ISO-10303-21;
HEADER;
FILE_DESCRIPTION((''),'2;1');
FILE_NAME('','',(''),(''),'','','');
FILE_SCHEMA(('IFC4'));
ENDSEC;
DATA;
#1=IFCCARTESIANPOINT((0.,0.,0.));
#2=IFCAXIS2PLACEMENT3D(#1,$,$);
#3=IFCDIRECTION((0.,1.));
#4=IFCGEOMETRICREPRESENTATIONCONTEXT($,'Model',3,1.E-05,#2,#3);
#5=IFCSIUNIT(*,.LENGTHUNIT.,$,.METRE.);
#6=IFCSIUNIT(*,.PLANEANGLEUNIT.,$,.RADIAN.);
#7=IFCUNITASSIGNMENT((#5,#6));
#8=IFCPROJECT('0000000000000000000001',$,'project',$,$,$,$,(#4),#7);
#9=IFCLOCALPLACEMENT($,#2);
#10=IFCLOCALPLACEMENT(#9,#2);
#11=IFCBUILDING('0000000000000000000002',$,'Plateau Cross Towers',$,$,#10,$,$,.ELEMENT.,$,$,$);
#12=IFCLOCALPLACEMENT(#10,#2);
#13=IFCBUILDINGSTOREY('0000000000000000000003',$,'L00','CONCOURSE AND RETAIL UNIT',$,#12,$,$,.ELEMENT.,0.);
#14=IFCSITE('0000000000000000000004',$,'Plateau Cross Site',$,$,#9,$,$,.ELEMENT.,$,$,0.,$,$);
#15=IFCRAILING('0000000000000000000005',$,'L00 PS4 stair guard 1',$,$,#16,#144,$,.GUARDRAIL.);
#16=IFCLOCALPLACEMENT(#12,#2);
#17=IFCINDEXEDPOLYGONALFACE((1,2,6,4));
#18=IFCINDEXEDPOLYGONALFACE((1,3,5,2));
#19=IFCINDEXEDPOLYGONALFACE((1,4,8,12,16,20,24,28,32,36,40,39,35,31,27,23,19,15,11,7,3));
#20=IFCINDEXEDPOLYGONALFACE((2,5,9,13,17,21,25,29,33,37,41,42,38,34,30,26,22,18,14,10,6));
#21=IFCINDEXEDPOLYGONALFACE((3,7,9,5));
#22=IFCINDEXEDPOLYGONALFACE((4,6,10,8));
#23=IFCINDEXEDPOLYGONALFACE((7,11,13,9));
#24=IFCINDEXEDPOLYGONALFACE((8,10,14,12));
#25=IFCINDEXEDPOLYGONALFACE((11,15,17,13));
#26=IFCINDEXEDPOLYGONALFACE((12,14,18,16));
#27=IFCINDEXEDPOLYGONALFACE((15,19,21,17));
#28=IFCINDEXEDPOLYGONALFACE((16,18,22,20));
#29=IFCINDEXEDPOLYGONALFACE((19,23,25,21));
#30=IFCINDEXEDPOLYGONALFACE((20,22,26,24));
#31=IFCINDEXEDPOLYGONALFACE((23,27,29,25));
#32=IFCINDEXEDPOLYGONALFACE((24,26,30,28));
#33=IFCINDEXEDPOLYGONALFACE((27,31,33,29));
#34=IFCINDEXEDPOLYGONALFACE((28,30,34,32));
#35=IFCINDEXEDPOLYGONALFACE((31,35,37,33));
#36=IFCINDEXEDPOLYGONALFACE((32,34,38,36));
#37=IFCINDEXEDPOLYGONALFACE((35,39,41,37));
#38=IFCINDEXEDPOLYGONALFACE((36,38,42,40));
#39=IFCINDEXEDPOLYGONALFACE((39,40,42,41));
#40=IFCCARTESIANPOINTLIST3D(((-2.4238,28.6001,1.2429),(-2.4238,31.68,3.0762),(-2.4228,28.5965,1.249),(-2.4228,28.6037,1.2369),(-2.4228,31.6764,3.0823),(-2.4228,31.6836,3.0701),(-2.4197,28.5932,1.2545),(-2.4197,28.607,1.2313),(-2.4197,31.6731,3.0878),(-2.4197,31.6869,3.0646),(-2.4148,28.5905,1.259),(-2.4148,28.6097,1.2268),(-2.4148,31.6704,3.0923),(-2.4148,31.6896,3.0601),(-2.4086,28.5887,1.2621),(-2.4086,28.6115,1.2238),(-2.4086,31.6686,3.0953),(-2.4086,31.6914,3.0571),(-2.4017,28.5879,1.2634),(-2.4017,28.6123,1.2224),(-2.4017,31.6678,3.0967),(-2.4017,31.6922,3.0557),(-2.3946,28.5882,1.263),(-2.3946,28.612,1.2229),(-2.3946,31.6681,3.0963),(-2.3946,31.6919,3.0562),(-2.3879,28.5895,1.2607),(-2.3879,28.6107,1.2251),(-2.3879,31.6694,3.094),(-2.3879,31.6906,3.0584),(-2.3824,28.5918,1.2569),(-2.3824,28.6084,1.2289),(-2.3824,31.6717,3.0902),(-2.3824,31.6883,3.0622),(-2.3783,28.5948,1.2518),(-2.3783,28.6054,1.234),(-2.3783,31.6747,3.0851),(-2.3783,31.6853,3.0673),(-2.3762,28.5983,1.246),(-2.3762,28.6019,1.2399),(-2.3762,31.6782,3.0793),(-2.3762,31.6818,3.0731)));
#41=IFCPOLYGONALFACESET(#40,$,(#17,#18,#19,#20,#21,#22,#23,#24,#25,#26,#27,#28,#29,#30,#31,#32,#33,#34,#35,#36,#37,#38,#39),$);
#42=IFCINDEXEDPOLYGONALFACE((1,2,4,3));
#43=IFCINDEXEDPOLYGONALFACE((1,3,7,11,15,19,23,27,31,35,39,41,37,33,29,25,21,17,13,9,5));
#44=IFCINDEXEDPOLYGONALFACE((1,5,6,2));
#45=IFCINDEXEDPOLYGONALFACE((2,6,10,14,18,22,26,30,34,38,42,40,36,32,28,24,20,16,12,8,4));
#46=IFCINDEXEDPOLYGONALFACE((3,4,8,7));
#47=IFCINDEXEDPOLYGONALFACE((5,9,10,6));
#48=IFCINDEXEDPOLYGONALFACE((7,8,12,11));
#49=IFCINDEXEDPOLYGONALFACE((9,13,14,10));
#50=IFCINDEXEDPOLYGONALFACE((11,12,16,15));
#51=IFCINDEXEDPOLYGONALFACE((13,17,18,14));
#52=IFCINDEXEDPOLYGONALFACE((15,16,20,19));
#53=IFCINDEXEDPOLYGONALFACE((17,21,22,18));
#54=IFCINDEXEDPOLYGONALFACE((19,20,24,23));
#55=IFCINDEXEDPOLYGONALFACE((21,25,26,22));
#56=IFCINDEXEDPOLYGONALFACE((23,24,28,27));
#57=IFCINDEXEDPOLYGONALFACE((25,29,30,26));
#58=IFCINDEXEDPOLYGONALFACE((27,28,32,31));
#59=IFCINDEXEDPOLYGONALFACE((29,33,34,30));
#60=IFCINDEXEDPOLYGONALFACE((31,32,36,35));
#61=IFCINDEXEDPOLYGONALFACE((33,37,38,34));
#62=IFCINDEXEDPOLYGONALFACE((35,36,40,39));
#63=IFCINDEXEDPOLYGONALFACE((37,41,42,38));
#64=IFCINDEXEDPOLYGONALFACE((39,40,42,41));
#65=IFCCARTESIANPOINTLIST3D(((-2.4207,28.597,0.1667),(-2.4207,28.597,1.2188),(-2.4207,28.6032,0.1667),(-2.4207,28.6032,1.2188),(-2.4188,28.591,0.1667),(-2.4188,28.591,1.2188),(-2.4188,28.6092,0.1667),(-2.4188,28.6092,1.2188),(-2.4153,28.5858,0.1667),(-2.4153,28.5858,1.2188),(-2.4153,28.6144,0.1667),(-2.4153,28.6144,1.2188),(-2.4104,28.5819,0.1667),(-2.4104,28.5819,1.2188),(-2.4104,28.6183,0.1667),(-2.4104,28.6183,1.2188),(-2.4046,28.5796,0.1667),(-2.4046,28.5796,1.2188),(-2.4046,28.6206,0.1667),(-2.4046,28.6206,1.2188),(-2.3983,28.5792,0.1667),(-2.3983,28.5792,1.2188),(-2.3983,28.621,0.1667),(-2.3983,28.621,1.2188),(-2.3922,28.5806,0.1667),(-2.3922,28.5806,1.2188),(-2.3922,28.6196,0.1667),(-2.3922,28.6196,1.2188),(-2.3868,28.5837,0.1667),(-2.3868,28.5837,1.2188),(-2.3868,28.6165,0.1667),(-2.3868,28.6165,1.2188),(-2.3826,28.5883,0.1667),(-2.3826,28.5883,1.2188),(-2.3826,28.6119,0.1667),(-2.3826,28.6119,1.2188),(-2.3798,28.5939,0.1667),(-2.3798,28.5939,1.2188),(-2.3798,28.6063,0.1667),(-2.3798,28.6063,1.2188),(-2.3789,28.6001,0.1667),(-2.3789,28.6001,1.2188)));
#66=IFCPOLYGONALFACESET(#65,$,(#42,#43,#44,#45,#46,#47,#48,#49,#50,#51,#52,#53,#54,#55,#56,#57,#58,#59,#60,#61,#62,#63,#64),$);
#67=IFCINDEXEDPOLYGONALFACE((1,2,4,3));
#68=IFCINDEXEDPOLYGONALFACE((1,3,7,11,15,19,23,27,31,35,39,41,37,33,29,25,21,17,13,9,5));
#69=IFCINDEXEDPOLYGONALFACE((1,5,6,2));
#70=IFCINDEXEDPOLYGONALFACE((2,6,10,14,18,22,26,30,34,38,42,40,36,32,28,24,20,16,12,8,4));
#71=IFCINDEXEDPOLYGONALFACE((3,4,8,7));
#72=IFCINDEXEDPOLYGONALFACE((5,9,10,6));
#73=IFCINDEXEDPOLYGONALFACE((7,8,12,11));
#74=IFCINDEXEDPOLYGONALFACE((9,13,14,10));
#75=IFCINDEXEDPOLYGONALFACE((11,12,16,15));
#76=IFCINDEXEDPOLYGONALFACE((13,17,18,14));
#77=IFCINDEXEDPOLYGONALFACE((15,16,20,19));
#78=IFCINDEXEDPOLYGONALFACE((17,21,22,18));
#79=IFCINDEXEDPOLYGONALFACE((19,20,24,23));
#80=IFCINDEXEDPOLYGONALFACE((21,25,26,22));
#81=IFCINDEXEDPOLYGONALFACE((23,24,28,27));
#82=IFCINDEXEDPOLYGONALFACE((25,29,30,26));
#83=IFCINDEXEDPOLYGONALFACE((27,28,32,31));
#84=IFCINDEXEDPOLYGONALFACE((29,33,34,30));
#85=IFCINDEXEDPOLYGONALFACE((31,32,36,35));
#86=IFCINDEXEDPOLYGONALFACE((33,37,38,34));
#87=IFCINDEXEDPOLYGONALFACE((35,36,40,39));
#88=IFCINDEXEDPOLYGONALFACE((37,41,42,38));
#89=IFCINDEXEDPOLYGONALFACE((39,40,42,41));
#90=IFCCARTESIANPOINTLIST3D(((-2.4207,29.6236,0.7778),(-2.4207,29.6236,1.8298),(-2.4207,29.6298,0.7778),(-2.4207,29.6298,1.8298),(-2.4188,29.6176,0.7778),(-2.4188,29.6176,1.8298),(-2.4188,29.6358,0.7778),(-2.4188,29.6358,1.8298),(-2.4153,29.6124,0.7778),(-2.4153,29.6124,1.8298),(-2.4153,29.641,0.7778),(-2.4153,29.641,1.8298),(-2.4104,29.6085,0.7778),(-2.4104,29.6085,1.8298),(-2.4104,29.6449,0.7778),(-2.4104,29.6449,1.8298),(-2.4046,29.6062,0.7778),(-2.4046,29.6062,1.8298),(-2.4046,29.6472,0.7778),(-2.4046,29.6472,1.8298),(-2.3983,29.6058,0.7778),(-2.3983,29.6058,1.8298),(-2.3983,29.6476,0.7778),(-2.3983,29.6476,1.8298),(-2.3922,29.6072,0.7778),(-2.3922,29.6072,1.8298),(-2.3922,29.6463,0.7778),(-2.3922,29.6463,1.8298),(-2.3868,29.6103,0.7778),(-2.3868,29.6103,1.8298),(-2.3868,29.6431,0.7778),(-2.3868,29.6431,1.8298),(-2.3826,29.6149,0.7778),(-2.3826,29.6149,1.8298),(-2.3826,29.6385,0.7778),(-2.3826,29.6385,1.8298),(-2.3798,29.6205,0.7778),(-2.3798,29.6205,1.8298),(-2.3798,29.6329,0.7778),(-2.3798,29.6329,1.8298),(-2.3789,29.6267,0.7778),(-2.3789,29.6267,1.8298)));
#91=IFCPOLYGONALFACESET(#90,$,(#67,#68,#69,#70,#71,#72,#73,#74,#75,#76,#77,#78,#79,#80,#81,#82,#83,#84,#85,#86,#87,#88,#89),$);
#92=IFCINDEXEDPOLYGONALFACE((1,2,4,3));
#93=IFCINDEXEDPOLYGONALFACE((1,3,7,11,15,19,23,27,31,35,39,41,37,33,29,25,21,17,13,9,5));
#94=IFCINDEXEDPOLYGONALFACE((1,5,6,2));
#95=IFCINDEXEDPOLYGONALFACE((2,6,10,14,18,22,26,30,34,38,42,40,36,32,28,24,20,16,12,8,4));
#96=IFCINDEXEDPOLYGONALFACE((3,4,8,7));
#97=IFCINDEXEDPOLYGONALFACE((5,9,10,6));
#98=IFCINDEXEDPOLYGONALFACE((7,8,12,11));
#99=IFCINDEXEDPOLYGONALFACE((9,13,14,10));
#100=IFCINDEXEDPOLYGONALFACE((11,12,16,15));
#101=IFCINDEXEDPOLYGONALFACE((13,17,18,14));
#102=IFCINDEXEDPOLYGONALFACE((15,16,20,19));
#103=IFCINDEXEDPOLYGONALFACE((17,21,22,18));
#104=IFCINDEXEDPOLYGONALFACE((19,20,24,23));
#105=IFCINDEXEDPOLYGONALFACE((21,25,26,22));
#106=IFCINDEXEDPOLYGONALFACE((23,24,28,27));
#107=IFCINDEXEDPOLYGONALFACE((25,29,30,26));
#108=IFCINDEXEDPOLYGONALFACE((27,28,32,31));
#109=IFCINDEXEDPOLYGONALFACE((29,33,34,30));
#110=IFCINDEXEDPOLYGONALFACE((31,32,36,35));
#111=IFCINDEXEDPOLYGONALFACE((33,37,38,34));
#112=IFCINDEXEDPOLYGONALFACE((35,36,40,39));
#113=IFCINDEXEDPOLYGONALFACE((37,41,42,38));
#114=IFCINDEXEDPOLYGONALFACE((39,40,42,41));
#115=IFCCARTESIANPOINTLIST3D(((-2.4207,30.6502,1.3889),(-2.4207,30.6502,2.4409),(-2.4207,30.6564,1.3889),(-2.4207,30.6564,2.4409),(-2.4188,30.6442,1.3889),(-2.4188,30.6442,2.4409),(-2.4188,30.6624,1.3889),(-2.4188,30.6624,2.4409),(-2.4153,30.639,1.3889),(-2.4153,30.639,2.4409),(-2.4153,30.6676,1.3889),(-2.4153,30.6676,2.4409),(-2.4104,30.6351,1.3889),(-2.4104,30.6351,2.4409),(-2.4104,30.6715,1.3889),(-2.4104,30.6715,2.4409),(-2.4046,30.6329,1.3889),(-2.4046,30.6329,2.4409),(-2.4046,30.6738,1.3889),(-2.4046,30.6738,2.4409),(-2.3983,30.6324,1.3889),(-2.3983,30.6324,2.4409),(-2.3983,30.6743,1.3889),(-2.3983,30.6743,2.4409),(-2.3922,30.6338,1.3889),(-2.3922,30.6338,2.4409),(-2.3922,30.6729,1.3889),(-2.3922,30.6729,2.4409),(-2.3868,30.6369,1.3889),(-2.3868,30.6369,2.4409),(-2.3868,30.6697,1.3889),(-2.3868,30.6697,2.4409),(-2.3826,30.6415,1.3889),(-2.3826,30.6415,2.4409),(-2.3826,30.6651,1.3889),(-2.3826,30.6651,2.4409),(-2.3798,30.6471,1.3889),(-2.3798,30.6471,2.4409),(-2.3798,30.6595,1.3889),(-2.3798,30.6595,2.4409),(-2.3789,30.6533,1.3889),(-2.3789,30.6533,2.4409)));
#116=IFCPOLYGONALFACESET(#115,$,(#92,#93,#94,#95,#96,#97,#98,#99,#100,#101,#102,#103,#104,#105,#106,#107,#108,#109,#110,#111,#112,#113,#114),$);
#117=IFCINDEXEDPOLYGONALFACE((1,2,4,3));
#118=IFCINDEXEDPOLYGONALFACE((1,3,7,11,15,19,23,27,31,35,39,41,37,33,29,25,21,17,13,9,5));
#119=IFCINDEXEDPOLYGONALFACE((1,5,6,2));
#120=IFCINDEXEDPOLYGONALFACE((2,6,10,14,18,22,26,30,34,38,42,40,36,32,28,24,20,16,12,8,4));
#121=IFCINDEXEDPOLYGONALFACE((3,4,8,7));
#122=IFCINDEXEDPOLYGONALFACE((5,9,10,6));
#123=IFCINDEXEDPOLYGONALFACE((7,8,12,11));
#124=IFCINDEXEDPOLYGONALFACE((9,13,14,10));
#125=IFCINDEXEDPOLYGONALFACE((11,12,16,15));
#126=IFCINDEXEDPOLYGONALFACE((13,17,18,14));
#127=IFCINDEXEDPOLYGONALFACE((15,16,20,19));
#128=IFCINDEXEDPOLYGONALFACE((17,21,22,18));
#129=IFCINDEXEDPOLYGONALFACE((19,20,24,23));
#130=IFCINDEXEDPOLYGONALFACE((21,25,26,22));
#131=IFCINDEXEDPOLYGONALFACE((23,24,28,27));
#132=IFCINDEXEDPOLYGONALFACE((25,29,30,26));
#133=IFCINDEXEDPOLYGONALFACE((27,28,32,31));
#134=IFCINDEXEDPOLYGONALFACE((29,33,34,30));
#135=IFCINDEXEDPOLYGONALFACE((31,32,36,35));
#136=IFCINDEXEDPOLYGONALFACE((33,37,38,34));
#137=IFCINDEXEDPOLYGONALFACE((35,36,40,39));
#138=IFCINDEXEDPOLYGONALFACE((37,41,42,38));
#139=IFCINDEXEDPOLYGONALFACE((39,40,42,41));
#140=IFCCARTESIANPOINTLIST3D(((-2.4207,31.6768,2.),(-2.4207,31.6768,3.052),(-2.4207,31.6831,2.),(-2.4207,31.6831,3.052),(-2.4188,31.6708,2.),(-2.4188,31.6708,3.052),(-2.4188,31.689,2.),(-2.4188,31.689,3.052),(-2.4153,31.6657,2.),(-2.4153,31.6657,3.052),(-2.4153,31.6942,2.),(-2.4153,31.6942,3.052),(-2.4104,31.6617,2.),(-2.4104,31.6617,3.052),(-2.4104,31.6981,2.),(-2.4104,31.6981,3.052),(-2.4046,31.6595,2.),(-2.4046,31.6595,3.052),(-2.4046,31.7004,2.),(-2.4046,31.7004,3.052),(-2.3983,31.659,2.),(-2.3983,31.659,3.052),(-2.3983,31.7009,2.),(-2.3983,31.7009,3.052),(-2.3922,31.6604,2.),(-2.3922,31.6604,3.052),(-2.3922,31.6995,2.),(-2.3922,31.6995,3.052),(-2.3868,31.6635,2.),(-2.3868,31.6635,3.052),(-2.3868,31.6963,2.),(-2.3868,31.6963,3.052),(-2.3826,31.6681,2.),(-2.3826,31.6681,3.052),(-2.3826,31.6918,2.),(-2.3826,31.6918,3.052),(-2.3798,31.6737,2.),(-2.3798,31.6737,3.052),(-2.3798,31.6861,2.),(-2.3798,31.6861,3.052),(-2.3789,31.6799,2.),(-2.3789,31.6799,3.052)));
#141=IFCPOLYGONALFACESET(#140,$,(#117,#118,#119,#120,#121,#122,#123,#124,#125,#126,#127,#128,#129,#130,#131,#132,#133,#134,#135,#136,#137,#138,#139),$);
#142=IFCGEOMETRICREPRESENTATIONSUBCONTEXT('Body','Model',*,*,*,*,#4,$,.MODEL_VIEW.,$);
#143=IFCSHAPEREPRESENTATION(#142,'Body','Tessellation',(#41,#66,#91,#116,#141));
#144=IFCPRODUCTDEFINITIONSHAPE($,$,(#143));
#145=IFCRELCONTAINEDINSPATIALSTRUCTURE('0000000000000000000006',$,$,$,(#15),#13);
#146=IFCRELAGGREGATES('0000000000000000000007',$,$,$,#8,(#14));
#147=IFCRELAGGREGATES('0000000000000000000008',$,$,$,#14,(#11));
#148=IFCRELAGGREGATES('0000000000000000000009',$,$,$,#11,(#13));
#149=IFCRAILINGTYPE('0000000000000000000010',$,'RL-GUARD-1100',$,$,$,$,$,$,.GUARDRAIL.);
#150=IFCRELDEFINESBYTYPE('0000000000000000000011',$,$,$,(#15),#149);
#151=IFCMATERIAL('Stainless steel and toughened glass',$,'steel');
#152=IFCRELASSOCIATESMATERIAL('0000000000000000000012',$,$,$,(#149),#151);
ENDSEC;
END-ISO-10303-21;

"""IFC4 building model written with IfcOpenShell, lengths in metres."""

from ifc_helpers import new_model, si_unit, direction, frame, origin, origin_2d, place, context, subcontext, project, spatial, circle, extrude, material, type_object, element, save


model = new_model("IFC4")

# Units and contexts
model_context = context("Model", 3, precision=1e-05, world=origin(), true_north=direction((0.0, 1.0)))
body_context = subcontext(model_context, "Body", "Model", "MODEL_VIEW")
ifc_project = project(units=[si_unit("LENGTHUNIT", "METRE"), si_unit("PLANEANGLEUNIT", "RADIAN")], contexts=[model_context])

# Site, building, storey
site_placement = place(None, origin())
site = spatial("IfcSite", under=ifc_project, at=site_placement, Name="Plateau Cross Site", CompositionType="ELEMENT", RefElevation=0.0)
building_placement = place(site_placement, origin())
building = spatial("IfcBuilding", under=site, at=building_placement, Name="Plateau Cross Towers", CompositionType="ELEMENT")
storey_placement = place(building_placement, origin())
storey = spatial("IfcBuildingStorey", under=building, at=storey_placement, Name="L00", Description="CONCOURSE AND RETAIL UNIT", CompositionType="ELEMENT", Elevation=0.0)

# Railing
ifc_material_1 = material(Name="Stainless steel and toughened glass", Category="steel")
railing_type_1 = type_object("IfcRailingType", Name="RL-GUARD-1100", PredefinedType="GUARDRAIL", material=ifc_material_1)
railing_1_placement = place(storey_placement, frame((-2.3999, 28.6001, 0.1667)))
element("IfcRailing", 1, at=railing_1_placement, inside=storey, type_object=railing_type_1, Name="L00 PS4 stair guard 1", PredefinedType="GUARDRAIL", context=body_context, shape_type="SweptSolid", body=[
    extrude(circle(Radius=0.0239, at=origin_2d()), frame((0.0, 0.0, 1.0762), z_axis=(0.0, 0.859291, 0.511487), x_axis=(-1.0, 0.0, 0.0)), (0.0, 0.0, 1.0), 3.5842),
    extrude(circle(Radius=0.021, at=origin_2d()), origin(), (0.0, 0.0, 1.0), 1.052),
    extrude(circle(Radius=0.021, at=origin_2d()), frame((0.0, 1.0266, 0.6111)), (0.0, 0.0, 1.0), 1.052),
    extrude(circle(Radius=0.021, at=origin_2d()), frame((0.0, 2.0532, 1.2222)), (0.0, 0.0, 1.0), 1.052),
    extrude(circle(Radius=0.021, at=origin_2d()), frame((0.0, 3.0798, 1.8333)), (0.0, 0.0, 1.0), 1.052),
])

save(model, "model.ifc")
